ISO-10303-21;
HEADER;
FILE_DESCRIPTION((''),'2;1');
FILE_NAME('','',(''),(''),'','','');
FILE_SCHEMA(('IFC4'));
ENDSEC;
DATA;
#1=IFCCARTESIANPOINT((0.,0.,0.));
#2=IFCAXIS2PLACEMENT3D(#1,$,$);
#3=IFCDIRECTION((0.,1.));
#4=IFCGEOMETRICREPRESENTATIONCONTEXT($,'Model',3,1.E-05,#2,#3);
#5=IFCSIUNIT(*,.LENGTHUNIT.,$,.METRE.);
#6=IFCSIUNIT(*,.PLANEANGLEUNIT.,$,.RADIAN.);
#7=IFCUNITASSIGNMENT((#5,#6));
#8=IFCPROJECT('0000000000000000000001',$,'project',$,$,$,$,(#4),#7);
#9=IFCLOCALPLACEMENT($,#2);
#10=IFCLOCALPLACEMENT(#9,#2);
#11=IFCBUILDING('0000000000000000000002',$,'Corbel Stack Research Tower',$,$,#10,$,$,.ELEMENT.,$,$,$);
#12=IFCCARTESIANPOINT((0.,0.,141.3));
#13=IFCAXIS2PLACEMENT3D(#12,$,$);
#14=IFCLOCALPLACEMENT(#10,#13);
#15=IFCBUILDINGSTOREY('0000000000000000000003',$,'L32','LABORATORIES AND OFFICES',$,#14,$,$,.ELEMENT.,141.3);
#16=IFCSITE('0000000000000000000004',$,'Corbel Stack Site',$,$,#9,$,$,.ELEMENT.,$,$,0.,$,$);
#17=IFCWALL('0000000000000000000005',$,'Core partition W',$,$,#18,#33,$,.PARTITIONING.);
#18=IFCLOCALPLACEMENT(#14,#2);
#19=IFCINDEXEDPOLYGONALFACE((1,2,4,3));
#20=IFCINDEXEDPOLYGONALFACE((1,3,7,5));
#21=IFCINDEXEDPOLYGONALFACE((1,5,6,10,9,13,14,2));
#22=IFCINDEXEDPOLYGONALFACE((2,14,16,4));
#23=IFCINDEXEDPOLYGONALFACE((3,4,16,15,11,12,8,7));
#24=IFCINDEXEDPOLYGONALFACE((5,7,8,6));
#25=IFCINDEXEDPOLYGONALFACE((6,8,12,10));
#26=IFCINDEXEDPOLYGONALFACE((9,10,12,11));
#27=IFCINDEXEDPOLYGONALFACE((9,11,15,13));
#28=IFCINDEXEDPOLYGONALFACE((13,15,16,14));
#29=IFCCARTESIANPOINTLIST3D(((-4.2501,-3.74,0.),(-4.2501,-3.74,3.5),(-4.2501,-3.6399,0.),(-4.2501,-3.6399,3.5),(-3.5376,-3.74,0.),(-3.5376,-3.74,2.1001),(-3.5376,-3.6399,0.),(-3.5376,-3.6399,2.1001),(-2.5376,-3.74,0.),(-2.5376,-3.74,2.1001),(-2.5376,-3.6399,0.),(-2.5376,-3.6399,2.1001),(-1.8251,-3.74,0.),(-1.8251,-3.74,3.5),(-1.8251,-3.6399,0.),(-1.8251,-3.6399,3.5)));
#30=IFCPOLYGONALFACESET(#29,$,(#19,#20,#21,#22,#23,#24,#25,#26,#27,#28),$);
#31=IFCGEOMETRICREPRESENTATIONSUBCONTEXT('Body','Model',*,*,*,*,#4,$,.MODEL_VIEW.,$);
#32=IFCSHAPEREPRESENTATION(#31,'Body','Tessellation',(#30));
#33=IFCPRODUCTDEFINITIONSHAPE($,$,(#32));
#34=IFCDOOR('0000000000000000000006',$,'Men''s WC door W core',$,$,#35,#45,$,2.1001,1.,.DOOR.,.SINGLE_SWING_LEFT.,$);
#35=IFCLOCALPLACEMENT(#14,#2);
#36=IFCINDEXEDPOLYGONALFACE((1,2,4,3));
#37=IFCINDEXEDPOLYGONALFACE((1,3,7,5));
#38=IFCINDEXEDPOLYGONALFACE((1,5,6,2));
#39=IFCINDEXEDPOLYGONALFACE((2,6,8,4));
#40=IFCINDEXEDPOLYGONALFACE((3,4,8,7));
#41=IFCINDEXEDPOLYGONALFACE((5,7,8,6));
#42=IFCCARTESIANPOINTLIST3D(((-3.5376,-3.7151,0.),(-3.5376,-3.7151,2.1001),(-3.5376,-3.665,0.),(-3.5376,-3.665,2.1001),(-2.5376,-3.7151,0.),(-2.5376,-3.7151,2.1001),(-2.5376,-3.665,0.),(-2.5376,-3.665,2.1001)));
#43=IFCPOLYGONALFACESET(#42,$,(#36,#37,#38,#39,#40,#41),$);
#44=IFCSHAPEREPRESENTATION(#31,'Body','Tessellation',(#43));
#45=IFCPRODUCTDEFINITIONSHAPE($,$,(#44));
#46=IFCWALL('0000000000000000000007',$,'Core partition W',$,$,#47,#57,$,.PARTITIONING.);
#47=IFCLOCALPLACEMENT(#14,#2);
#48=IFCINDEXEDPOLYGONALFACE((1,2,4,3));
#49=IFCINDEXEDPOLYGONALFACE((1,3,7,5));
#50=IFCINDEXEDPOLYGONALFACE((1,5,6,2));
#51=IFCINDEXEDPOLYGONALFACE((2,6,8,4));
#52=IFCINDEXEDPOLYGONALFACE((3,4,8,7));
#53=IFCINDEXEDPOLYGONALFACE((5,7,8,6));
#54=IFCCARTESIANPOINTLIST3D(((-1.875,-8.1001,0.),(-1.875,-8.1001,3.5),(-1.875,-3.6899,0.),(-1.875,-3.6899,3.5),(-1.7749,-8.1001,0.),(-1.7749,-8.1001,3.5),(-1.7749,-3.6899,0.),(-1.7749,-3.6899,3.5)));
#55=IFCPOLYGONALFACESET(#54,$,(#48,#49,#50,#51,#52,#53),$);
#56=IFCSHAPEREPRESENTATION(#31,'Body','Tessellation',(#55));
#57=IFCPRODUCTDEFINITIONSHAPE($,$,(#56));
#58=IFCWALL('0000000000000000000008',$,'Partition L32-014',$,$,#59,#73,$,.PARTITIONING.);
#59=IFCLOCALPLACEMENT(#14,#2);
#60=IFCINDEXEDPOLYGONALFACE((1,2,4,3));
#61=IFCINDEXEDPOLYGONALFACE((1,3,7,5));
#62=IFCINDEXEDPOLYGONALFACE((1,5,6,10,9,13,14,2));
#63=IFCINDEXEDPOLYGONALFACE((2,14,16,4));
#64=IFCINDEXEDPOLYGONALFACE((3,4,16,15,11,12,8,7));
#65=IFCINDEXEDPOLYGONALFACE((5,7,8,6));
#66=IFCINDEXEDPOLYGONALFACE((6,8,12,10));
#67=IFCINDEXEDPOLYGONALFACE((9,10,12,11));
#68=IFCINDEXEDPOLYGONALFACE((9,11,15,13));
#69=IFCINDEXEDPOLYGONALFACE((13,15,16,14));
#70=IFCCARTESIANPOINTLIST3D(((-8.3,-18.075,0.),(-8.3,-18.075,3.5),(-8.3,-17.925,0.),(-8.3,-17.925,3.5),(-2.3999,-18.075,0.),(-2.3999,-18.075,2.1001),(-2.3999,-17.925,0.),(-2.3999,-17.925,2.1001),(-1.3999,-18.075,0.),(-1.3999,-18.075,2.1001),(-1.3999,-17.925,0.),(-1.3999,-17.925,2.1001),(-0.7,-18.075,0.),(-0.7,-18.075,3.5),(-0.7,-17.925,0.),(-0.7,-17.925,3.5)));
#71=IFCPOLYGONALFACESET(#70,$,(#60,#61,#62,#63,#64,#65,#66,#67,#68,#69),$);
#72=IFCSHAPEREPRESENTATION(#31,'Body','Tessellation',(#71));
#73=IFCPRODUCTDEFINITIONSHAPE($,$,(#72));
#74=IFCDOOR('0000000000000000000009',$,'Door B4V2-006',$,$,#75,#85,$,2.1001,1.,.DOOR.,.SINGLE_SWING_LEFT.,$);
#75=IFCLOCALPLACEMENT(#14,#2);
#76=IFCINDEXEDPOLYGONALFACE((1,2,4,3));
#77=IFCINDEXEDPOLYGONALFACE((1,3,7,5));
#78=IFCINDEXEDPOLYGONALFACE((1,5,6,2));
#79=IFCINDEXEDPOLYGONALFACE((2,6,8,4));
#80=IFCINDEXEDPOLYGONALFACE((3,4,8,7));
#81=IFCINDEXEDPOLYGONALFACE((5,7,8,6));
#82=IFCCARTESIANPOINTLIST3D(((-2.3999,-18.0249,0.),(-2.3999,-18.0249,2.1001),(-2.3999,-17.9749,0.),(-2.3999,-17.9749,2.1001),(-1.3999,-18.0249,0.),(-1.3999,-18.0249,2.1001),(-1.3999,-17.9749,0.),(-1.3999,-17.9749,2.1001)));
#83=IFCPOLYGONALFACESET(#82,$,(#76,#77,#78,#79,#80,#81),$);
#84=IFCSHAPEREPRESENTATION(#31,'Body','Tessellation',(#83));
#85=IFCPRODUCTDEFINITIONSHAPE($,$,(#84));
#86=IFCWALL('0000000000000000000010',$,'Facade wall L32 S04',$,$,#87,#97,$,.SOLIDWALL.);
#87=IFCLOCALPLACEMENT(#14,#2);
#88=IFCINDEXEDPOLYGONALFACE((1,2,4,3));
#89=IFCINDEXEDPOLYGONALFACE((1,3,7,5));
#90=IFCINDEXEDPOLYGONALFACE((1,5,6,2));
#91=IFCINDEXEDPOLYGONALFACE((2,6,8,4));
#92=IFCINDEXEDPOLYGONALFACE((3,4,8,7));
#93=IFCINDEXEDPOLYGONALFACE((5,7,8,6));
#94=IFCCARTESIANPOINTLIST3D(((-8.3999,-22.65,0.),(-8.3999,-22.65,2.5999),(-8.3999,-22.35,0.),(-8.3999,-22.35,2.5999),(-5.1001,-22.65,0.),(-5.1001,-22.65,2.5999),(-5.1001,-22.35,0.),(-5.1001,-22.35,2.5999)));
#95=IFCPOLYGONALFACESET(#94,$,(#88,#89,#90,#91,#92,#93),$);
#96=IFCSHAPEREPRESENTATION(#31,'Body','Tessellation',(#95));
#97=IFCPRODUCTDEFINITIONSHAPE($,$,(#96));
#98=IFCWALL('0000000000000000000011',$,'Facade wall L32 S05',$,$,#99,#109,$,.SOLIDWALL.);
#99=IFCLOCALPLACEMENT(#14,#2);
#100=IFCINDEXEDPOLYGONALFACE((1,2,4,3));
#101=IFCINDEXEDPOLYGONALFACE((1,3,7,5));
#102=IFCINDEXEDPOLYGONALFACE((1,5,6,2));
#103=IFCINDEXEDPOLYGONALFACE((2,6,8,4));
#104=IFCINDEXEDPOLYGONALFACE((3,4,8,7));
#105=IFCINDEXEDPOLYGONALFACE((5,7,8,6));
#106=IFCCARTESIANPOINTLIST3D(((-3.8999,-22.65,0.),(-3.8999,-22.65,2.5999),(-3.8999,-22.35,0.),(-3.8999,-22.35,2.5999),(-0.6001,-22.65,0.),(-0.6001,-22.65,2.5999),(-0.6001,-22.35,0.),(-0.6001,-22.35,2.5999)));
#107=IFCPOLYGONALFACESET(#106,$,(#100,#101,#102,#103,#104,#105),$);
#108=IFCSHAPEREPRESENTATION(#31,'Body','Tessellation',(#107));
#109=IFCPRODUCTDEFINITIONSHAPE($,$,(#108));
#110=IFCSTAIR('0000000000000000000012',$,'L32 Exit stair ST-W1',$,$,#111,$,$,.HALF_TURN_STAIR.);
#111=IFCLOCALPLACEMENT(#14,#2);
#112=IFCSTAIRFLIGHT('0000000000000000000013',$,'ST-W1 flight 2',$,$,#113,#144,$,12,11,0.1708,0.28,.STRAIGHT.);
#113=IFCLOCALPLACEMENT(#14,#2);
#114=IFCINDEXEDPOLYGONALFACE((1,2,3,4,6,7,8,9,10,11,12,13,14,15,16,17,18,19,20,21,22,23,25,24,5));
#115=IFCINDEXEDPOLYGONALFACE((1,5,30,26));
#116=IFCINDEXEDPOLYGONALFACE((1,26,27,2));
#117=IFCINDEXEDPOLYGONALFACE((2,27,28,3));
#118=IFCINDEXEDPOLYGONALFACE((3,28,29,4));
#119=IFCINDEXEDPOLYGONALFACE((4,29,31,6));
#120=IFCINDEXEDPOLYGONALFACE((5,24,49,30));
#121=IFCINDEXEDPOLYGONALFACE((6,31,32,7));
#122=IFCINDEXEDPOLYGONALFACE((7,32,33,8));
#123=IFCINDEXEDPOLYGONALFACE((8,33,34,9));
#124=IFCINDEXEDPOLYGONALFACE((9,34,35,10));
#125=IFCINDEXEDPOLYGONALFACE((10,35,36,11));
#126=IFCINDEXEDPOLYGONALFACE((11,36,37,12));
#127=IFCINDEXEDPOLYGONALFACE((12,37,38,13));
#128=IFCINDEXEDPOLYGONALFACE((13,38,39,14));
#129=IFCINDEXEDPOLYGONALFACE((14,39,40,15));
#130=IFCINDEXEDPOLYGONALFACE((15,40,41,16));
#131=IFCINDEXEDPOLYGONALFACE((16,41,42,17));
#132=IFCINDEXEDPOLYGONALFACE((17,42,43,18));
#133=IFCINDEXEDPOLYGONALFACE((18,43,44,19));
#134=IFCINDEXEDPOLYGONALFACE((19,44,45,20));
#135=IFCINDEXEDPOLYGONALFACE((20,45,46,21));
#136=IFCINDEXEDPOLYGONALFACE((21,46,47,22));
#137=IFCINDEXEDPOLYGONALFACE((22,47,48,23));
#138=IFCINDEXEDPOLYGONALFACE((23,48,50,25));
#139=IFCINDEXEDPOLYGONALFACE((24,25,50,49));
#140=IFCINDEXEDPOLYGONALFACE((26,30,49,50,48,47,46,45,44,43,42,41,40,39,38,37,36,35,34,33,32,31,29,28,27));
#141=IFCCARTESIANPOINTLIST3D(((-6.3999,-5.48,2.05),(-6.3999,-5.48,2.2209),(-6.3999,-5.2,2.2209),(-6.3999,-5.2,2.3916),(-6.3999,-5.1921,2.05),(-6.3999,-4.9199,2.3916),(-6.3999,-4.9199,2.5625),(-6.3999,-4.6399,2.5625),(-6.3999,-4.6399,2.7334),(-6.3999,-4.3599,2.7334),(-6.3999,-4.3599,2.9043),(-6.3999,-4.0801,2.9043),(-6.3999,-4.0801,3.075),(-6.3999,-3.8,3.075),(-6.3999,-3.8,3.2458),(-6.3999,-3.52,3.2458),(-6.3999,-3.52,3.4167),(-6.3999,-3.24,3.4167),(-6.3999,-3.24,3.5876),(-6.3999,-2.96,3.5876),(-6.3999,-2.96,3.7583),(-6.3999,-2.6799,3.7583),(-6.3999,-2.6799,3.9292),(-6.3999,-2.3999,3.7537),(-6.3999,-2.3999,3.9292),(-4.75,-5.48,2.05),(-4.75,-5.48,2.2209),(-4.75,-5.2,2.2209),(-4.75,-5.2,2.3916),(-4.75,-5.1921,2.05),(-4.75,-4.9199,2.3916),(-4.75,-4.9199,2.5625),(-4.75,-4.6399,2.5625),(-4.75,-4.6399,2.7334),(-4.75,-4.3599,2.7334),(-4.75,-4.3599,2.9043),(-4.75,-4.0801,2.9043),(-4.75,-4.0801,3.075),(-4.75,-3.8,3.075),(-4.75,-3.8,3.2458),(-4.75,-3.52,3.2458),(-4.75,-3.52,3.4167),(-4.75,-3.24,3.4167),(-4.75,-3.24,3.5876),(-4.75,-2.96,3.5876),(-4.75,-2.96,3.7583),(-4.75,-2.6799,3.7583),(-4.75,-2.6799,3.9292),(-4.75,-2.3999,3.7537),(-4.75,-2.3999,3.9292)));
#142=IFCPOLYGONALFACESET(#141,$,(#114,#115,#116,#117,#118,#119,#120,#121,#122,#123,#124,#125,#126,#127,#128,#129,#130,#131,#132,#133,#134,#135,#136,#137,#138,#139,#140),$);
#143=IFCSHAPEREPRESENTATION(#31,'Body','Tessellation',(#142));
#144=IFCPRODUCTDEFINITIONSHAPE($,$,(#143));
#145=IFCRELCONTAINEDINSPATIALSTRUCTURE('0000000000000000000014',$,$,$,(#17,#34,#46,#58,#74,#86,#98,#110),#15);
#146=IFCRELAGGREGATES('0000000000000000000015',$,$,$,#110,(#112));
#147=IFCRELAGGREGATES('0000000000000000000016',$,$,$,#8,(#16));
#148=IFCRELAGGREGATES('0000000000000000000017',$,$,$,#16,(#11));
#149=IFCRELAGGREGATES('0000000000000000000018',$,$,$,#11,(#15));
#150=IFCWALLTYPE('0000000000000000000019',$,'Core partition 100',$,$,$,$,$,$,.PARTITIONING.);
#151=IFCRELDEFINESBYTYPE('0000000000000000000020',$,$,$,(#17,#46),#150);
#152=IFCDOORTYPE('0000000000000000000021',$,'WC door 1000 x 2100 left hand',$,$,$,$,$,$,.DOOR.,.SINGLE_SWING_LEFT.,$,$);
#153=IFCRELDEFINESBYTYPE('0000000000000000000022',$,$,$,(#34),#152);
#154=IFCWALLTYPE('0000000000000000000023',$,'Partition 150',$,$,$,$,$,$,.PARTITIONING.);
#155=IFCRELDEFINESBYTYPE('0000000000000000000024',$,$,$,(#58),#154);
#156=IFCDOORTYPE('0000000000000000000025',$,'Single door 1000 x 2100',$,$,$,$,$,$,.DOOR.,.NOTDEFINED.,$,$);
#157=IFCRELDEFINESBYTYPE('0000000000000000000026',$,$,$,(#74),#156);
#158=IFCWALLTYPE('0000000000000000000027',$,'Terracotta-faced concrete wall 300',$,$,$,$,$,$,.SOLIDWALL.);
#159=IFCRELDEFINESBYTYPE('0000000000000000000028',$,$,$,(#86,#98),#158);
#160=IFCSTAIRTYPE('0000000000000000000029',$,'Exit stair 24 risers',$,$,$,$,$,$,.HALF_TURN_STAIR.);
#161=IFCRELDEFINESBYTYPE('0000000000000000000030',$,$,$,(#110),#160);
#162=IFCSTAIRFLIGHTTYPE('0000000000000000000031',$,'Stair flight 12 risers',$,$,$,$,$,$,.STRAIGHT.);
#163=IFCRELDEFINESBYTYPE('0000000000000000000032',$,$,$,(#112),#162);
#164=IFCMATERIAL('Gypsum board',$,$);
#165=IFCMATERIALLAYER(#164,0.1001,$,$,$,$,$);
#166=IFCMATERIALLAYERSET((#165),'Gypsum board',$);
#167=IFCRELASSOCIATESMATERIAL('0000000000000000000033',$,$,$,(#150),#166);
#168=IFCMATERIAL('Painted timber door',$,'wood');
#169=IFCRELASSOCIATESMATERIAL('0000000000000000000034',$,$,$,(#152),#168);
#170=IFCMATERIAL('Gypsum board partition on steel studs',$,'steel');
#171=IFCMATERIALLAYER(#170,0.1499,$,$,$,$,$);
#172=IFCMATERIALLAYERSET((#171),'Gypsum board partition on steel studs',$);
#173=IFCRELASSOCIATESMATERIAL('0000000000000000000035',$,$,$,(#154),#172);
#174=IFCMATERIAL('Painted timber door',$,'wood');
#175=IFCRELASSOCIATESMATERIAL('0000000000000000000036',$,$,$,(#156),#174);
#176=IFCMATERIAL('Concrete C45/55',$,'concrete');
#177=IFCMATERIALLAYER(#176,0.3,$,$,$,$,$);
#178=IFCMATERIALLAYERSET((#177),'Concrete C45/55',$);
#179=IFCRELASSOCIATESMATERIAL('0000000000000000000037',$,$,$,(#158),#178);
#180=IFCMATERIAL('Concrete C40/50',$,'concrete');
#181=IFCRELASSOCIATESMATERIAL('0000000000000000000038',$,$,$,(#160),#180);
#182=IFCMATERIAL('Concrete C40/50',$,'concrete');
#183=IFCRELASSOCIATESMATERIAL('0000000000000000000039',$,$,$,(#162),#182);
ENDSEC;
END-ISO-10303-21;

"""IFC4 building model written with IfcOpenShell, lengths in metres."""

from ifc_helpers import new_model, si_unit, direction, frame, frame_2d, origin, place, context, subcontext, project, spatial, polyline, rectangle, outline, extrude, material, layer, layer_set, type_object, element, fill, aggregate, save


model = new_model("IFC4")

# Units and contexts
model_context = context("Model", 3, precision=1e-05, world=origin(), true_north=direction((0.0, 1.0)))
body_context = subcontext(model_context, "Body", "Model", "MODEL_VIEW")
ifc_project = project(units=[si_unit("LENGTHUNIT", "METRE"), si_unit("PLANEANGLEUNIT", "RADIAN")], contexts=[model_context])

# Site, building, storey
site_placement = place(None, origin())
site = spatial("IfcSite", under=ifc_project, at=site_placement, Name="Corbel Stack Site", CompositionType="ELEMENT", RefElevation=0.0)
building_placement = place(site_placement, origin())
building = spatial("IfcBuilding", under=site, at=building_placement, Name="Corbel Stack Research Tower", CompositionType="ELEMENT")
storey_placement = place(building_placement, frame((0.0, 0.0, 141.3)))
storey = spatial("IfcBuildingStorey", under=building, at=storey_placement, Name="L32", Description="LABORATORIES AND OFFICES", CompositionType="ELEMENT", Elevation=141.3)

# Wall, opening, door
ifc_material_1 = material(Name="Gypsum board")
ifc_layer_1 = layer(ifc_material_1, 0.1001)
ifc_layer_set_1 = layer_set([ifc_layer_1], Name="Gypsum board")
wall_type_1 = type_object("IfcWallType", Name="Core partition 100", PredefinedType="PARTITIONING", material=ifc_layer_set_1)
wall_1_placement = place(storey_placement, frame((-4.25, -3.6899, 0.0), z_axis=(0.0, 0.0, 1.0), x_axis=(1.0, 0.0, 0.0)))
wall_1 = element("IfcWall", 1, at=wall_1_placement, inside=storey, type_object=wall_type_1, Name="Core partition W", PredefinedType="PARTITIONING", context=body_context, shape_type="SweptSolid", body=[
    extrude(rectangle(XDim=2.425, YDim=0.1001, at=frame_2d((1.2124, 0.0))), origin(), (0.0, 0.0, 1.0), 3.5),
])
opening_1_placement = place(wall_1_placement, frame((0.7124, 0.0, 0.0)))
opening_1 = element("IfcOpeningElement", 2, at=opening_1_placement, cuts=wall_1, PredefinedType="OPENING", context=body_context, shape_type="SweptSolid", body=[
    extrude(rectangle(XDim=1.0, YDim=2.1001, at=frame_2d((0.5, 1.05))), frame((0.0, 0.0601, 0.0), z_axis=(0.0, -1.0, 0.0), x_axis=(1.0, 0.0, 0.0)), (0.0, 0.0, 1.0), 0.1201),
])
ifc_material_2 = material(Name="Painted timber door", Category="wood")
door_type_1 = type_object("IfcDoorType", Name="WC door 1000 x 2100 left hand", OperationType="SINGLE_SWING_LEFT", PredefinedType="DOOR", material=ifc_material_2)
door_1_placement = place(opening_1_placement, origin())
door_1 = element("IfcDoor", 3, at=door_1_placement, inside=storey, type_object=door_type_1, Name="Men's WC door W core", OperationType="SINGLE_SWING_LEFT", OverallHeight=2.1001, OverallWidth=1.0, PredefinedType="DOOR", context=body_context, shape_type="SweptSolid", body=[
    extrude(rectangle(XDim=1.0, YDim=2.1001, at=frame_2d((0.5, 1.05))), frame((0.0, 0.0249, 0.0), z_axis=(0.0, -1.0, 0.0), x_axis=(1.0, 0.0, 0.0)), (0.0, 0.0, 1.0), 0.05),
])
fill(opening_1, door_1)

# Wall
wall_2_placement = place(storey_placement, frame((-1.825, -8.1001, 0.0), z_axis=(0.0, 0.0, 1.0), x_axis=(0.0, 1.0, 0.0)))
element("IfcWall", 4, at=wall_2_placement, inside=storey, type_object=wall_type_1, Name="Core partition W", PredefinedType="PARTITIONING", context=body_context, shape_type="SweptSolid", body=[
    extrude(rectangle(XDim=4.4102, YDim=0.1001, at=frame_2d((2.2051, 0.0))), origin(), (0.0, 0.0, 1.0), 3.5),
])

# Wall, opening, door
ifc_material_3 = material(Name="Gypsum board partition on steel studs", Category="steel")
ifc_layer_2 = layer(ifc_material_3, 0.1499)
ifc_layer_set_2 = layer_set([ifc_layer_2], Name="Gypsum board partition on steel studs")
wall_type_2 = type_object("IfcWallType", Name="Partition 150", PredefinedType="PARTITIONING", material=ifc_layer_set_2)
wall_3_placement = place(storey_placement, frame((-0.7, -18.0, 0.0), z_axis=(0.0, 0.0, 1.0), x_axis=(-1.0, 0.0, 0.0)))
wall_3 = element("IfcWall", 5, at=wall_3_placement, inside=storey, type_object=wall_type_2, Name="Partition L32-014", PredefinedType="PARTITIONING", context=body_context, shape_type="SweptSolid", body=[
    extrude(rectangle(XDim=7.6001, YDim=0.1499, at=frame_2d((3.8, 0.0))), origin(), (0.0, 0.0, 1.0), 3.5),
])
opening_2_placement = place(wall_3_placement, frame((0.7, 0.0, 0.0)))
opening_2 = element("IfcOpeningElement", 6, at=opening_2_placement, cuts=wall_3, PredefinedType="OPENING", context=body_context, shape_type="SweptSolid", body=[
    extrude(rectangle(XDim=1.0, YDim=2.1001, at=frame_2d((0.5, 1.05))), frame((0.0, 0.085, 0.0), z_axis=(0.0, -1.0, 0.0), x_axis=(1.0, 0.0, 0.0)), (0.0, 0.0, 1.0), 0.1699),
])
ifc_material_4 = material(Name="Painted timber door", Category="wood")
door_type_2 = type_object("IfcDoorType", Name="Single door 1000 x 2100", OperationType="NOTDEFINED", PredefinedType="DOOR", material=ifc_material_4)
door_2_placement = place(opening_2_placement, origin())
door_2 = element("IfcDoor", 7, at=door_2_placement, inside=storey, type_object=door_type_2, Name="Door B4V2-006", OperationType="SINGLE_SWING_LEFT", OverallHeight=2.1001, OverallWidth=1.0, PredefinedType="DOOR", context=body_context, shape_type="SweptSolid", body=[
    extrude(rectangle(XDim=1.0, YDim=2.1001, at=frame_2d((0.5, 1.05))), frame((0.0, 0.0249, 0.0), z_axis=(0.0, -1.0, 0.0), x_axis=(1.0, 0.0, 0.0)), (0.0, 0.0, 1.0), 0.05),
])
fill(opening_2, door_2)

# Walls
ifc_material_5 = material(Name="Concrete C45/55", Category="concrete")
ifc_layer_3 = layer(ifc_material_5, 0.3)
ifc_layer_set_3 = layer_set([ifc_layer_3], Name="Concrete C45/55")
wall_type_3 = type_object("IfcWallType", Name="Terracotta-faced concrete wall 300", PredefinedType="SOLIDWALL", material=ifc_layer_set_3)
for number, where, z_axis, x_axis, name in (
    (8, (-5.1001, -22.5, 0.0), (0.0, 0.0, 1.0), (-1.0, 0.0, 0.0), "Facade wall L32 S04"),
    (9, (-0.6001, -22.5, 0.0), (0.0, 0.0, 1.0), (-1.0, 0.0, 0.0), "Facade wall L32 S05"),
):
    element("IfcWall", number, at=place(storey_placement, frame(where, z_axis=z_axis, x_axis=x_axis)), inside=storey, type_object=wall_type_3, Name=name, PredefinedType="SOLIDWALL", context=body_context, shape_type="SweptSolid", body=[
        extrude(rectangle(XDim=3.2998, YDim=0.3, at=frame_2d((1.6499, 0.0))), origin(), (0.0, 0.0, 1.0), 2.5999),
    ])

# Stair, stair flight
ifc_material_6 = material(Name="Concrete C40/50", Category="concrete")
stair_type = type_object("IfcStairType", Name="Exit stair 24 risers", PredefinedType="HALF_TURN_STAIR", material=ifc_material_6)
stair_placement = place(storey_placement, origin())
stair = element("IfcStair", 10, at=stair_placement, inside=storey, type_object=stair_type, Name="L32 Exit stair ST-W1", PredefinedType="HALF_TURN_STAIR")
ifc_material_7 = material(Name="Concrete C40/50", Category="concrete")
stair_flight_type = type_object("IfcStairFlightType", Name="Stair flight 12 risers", PredefinedType="STRAIGHT", material=ifc_material_7)
stair_flight_placement = place(storey_placement, frame((-5.575, -5.48, 2.05), z_axis=(0.0, 0.0, 1.0), x_axis=(0.0, 1.0, 0.0)))
stair_flight = element("IfcStairFlight", 11, at=stair_flight_placement, type_object=stair_flight_type, Name="ST-W1 flight 2", NumberOfRisers=12, NumberOfTreads=11, PredefinedType="STRAIGHT", RiserHeight=0.1708, TreadLength=0.28, context=body_context, shape_type="SweptSolid", body=[
    extrude(outline(polyline([(0.0, 0.0), (0.0, 0.1709), (0.28, 0.1709), (0.28, 0.3416), (0.5601, 0.3416), (0.5601, 0.5125), (0.8401, 0.5125), (0.8401, 0.6833), (1.1201, 0.6833), (1.1201, 0.8542), (1.3999, 0.8542), (1.3999, 1.0249), (1.6799, 1.0249), (1.6799, 1.1958), (1.96, 1.1958), (1.96, 1.3667), (2.24, 1.3667), (2.24, 1.5376), (2.52, 1.5376), (2.52, 1.7083), (2.8, 1.7083), (2.8, 1.8792), (3.0801, 1.8792), (3.0801, 2.05), (3.0801, 1.7036), (0.2878, 0.0), (0.0, 0.0)])), frame((0.0, 0.825, 0.0), z_axis=(0.0, -1.0, 0.0), x_axis=(1.0, 0.0, 0.0)), (0.0, 0.0, 1.0), 1.6499),
])
aggregate(stair, [stair_flight])

save(model, "model.ifc")
